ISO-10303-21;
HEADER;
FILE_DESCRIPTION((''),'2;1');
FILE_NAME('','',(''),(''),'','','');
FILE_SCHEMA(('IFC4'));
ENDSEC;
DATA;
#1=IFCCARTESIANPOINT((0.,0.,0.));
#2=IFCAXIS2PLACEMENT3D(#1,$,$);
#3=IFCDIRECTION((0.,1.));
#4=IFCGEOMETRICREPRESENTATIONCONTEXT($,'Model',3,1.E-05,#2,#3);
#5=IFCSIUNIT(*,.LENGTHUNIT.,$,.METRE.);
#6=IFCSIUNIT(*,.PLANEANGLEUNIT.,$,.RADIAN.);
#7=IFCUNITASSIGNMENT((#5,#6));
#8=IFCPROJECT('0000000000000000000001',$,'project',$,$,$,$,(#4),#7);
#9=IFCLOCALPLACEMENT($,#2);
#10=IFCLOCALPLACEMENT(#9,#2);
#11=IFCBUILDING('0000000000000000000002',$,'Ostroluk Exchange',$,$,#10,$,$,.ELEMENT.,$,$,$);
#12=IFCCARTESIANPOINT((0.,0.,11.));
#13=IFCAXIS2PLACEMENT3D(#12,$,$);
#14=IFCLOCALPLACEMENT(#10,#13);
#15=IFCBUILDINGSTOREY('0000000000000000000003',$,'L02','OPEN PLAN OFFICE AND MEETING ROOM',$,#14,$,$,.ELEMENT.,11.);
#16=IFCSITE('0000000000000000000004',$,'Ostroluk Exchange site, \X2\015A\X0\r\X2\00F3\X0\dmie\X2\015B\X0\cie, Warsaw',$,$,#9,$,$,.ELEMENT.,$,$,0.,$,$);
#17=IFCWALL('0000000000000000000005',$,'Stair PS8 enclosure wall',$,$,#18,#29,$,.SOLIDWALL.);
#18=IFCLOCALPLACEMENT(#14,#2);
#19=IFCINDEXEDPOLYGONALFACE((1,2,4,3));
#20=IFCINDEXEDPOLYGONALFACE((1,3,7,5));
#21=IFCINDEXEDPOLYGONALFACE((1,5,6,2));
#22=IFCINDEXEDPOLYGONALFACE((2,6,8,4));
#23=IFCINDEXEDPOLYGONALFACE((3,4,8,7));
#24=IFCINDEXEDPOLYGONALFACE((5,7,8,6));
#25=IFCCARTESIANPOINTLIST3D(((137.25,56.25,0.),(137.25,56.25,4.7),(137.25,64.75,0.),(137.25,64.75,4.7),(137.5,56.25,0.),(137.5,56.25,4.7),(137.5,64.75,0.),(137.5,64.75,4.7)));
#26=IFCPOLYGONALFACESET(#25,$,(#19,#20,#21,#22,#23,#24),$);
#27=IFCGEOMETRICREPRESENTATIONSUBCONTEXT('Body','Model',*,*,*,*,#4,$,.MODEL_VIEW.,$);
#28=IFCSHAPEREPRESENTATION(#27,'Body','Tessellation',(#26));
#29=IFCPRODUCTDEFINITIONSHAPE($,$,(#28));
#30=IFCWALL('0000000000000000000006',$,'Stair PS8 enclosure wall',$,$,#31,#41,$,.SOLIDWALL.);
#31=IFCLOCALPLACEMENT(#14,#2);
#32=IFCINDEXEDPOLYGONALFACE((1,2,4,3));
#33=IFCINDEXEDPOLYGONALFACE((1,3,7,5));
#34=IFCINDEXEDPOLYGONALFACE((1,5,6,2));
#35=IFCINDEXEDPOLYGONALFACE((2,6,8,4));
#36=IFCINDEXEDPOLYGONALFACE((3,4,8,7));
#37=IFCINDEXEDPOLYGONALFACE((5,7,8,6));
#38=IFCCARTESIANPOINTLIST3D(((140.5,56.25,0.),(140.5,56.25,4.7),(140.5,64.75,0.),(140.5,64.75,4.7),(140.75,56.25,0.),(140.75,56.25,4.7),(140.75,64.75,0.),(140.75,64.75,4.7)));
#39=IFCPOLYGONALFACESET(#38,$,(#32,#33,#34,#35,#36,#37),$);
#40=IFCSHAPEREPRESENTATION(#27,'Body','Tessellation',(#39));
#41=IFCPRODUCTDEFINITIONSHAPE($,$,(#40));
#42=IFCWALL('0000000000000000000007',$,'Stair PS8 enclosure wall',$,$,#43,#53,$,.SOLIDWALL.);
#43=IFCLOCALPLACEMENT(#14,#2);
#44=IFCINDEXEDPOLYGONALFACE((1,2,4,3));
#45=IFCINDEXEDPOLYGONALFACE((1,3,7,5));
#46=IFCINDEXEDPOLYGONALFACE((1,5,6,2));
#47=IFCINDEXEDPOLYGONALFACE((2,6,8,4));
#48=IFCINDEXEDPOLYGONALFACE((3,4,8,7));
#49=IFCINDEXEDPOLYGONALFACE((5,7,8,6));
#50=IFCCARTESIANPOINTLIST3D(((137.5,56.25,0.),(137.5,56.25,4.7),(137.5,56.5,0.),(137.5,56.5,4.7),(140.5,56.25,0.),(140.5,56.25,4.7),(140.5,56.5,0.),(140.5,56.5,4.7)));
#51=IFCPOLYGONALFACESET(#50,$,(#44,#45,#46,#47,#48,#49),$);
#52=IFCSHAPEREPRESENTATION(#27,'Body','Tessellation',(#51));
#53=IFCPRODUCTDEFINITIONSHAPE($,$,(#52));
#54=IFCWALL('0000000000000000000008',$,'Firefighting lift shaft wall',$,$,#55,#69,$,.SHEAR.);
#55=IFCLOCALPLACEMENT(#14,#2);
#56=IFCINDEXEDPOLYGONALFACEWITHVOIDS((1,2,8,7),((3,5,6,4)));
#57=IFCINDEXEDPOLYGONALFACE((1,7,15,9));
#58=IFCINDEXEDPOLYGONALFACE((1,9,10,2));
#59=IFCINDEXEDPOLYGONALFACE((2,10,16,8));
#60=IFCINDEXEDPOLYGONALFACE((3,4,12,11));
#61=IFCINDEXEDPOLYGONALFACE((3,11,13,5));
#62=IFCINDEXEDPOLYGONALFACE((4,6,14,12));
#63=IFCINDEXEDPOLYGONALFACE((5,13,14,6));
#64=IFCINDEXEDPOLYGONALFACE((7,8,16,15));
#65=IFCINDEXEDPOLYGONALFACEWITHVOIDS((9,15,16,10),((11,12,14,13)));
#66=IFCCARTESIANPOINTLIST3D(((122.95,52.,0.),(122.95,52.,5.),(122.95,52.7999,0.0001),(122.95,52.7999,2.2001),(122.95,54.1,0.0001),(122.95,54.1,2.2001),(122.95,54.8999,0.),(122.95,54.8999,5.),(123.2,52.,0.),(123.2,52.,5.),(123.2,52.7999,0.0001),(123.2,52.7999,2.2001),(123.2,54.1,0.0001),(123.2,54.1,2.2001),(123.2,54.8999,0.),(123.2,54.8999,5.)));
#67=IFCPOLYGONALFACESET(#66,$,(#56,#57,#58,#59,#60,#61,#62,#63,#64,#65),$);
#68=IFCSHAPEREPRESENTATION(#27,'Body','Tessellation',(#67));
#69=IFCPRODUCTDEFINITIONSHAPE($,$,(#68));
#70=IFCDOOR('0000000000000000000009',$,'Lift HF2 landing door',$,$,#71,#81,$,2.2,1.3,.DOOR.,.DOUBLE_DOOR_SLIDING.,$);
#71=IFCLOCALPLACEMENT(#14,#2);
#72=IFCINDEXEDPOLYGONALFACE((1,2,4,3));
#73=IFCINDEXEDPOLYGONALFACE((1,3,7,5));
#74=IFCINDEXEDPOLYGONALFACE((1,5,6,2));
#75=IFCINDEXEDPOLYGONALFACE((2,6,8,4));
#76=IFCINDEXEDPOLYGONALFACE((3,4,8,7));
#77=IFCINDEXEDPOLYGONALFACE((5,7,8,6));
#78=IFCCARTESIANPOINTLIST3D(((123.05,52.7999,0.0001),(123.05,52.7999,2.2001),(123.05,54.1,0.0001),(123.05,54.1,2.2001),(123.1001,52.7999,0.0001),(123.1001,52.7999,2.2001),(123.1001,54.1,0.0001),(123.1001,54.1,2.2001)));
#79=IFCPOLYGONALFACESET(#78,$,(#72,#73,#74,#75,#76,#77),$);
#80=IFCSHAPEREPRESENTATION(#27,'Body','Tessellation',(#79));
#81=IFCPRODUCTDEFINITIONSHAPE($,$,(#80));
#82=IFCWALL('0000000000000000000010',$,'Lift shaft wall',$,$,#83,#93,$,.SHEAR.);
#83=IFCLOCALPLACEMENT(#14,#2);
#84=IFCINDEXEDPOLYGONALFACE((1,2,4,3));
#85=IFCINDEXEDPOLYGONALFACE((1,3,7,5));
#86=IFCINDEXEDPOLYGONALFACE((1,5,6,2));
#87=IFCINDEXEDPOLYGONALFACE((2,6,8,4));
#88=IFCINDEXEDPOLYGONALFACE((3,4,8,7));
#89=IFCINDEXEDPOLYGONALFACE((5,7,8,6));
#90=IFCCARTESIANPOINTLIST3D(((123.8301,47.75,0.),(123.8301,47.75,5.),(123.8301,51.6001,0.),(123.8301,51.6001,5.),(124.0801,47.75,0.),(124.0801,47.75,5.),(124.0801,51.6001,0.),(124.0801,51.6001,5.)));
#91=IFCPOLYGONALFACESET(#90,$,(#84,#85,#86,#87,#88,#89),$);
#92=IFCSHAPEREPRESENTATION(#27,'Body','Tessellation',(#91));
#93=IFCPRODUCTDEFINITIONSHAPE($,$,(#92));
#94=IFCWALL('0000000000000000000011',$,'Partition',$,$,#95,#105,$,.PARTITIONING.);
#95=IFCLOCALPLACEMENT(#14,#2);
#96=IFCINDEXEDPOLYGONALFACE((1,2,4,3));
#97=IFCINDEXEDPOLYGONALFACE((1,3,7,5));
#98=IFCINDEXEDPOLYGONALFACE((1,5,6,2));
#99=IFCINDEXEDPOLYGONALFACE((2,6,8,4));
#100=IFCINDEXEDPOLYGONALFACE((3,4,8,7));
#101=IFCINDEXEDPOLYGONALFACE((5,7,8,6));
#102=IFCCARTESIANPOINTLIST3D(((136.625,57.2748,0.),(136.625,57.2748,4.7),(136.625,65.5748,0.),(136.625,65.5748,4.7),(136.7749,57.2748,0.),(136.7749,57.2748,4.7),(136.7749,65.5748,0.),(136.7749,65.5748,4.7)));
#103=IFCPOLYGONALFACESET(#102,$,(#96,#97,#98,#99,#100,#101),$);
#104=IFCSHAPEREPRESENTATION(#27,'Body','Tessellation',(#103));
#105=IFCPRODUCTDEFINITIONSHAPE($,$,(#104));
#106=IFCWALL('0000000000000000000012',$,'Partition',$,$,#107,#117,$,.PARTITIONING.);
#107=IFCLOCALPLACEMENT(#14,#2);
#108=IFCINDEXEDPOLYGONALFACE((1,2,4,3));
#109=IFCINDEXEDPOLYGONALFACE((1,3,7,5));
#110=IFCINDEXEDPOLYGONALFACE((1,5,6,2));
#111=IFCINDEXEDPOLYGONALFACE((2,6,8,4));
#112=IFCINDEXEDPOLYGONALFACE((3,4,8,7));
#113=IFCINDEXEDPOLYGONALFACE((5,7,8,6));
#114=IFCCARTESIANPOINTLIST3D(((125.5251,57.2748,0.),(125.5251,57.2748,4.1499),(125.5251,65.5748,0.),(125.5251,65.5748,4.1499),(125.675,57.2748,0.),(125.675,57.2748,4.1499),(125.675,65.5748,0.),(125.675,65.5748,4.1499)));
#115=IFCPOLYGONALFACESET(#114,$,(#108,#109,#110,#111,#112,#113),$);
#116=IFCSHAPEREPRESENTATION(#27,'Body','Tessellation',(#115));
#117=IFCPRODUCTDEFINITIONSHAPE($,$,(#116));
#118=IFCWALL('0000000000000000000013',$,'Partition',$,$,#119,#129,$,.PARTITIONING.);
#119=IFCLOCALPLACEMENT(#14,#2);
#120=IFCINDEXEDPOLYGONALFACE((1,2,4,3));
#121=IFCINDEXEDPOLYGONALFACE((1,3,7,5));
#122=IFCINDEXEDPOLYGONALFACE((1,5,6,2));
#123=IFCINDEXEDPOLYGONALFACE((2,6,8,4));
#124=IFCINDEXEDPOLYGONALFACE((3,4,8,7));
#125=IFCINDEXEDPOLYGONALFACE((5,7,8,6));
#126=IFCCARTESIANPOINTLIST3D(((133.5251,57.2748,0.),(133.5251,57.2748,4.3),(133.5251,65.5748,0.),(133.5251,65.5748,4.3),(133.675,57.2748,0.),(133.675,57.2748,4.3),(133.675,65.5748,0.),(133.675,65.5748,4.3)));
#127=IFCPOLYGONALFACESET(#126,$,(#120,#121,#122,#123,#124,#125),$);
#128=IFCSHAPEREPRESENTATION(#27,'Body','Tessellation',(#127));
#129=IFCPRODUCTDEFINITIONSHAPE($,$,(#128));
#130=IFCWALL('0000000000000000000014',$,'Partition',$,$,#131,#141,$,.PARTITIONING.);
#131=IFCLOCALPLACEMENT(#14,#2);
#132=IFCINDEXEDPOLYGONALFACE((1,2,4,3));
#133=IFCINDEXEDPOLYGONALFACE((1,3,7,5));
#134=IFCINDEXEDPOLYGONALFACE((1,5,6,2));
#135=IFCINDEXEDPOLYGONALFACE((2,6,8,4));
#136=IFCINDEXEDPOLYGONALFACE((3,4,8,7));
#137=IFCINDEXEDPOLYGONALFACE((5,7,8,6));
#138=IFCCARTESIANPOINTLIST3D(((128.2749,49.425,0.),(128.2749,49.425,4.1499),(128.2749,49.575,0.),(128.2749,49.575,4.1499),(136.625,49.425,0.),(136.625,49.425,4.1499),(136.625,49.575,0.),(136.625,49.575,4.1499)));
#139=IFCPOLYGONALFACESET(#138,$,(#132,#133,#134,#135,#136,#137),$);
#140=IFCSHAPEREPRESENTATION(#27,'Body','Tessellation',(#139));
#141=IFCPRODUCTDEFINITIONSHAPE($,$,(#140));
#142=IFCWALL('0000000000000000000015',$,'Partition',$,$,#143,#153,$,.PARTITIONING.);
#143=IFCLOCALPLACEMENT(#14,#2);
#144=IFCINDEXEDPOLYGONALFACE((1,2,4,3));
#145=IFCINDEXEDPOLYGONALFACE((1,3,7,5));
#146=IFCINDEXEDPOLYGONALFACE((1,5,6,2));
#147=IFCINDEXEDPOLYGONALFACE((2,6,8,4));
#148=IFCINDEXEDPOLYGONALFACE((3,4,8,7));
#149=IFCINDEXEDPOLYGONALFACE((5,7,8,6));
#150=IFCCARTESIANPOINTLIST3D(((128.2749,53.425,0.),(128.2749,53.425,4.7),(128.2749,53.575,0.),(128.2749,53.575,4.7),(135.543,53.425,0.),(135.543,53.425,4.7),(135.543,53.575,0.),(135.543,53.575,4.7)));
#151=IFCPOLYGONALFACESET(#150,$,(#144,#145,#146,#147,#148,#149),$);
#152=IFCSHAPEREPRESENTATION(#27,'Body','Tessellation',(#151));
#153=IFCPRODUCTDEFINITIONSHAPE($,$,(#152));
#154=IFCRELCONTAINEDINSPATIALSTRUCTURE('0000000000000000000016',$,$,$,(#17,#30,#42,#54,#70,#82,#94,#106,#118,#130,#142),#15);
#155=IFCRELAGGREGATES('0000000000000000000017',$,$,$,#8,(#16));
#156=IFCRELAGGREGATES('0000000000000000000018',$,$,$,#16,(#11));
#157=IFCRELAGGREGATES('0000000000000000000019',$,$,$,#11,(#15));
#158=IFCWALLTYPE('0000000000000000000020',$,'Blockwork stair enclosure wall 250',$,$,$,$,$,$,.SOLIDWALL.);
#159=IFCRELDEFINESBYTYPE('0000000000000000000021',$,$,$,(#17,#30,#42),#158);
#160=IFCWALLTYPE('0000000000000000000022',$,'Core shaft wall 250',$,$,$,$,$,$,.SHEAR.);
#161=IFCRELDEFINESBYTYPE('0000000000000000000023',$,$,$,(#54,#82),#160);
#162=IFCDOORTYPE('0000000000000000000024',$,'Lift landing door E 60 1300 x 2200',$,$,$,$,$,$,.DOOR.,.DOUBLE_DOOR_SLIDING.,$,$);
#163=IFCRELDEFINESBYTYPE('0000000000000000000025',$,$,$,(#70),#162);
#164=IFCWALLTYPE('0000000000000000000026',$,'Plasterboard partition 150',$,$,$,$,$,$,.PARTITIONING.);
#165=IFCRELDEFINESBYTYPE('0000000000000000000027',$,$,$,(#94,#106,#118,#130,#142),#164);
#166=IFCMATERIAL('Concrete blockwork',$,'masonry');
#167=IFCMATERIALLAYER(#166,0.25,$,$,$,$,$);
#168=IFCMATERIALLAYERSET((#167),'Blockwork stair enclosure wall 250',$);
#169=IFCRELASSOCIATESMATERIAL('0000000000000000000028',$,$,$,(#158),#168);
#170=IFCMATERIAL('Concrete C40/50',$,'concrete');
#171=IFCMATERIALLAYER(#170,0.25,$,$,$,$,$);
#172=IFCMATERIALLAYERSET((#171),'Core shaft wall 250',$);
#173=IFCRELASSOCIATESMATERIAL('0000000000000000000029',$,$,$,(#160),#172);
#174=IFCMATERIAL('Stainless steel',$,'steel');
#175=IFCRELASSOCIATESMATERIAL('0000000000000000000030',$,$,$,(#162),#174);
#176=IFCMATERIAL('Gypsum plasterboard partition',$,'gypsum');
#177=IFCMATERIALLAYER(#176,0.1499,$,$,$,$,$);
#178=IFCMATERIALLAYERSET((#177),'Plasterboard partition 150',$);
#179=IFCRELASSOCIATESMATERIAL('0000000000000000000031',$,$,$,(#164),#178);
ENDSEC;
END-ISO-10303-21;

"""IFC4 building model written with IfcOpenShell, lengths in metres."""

from ifc_helpers import new_model, si_unit, direction, frame, frame_2d, origin, place, context, subcontext, project, spatial, rectangle, extrude, material, layer, layer_set, type_object, element, fill, save


model = new_model("IFC4")

# Units and contexts
model_context = context("Model", 3, precision=1e-05, world=origin(), true_north=direction((0.0, 1.0)))
body_context = subcontext(model_context, "Body", "Model", "MODEL_VIEW")
ifc_project = project(units=[si_unit("LENGTHUNIT", "METRE"), si_unit("PLANEANGLEUNIT", "RADIAN")], contexts=[model_context])

# Site, building, storey
site_placement = place(None, origin())
site = spatial("IfcSite", under=ifc_project, at=site_placement, Name="Ostroluk Exchange site, Śródmieście, Warsaw", CompositionType="ELEMENT", RefElevation=0.0)
building_placement = place(site_placement, origin())
building = spatial("IfcBuilding", under=site, at=building_placement, Name="Ostroluk Exchange", CompositionType="ELEMENT")
storey_placement = place(building_placement, frame((0.0, 0.0, 11.0)))
storey = spatial("IfcBuildingStorey", under=building, at=storey_placement, Name="L02", Description="OPEN PLAN OFFICE AND MEETING ROOM", CompositionType="ELEMENT", Elevation=11.0)

# Walls
ifc_material_1 = material(Name="Concrete blockwork", Category="masonry")
ifc_layer_1 = layer(ifc_material_1, 0.25)
ifc_layer_set_1 = layer_set([ifc_layer_1], Name="Blockwork stair enclosure wall 250")
wall_type_1 = type_object("IfcWallType", Name="Blockwork stair enclosure wall 250", PredefinedType="SOLIDWALL", material=ifc_layer_set_1)
for number, where, z_axis, x_axis, name in (
    (1, (137.375, 56.25, 0.0), (0.0, 0.0, 1.0), (0.0, 1.0, 0.0), "Stair PS8 enclosure wall"),
    (2, (140.625, 56.25, 0.0), (0.0, 0.0, 1.0), (0.0, 1.0, 0.0), "Stair PS8 enclosure wall"),
):
    element("IfcWall", number, at=place(storey_placement, frame(where, z_axis=z_axis, x_axis=x_axis)), inside=storey, type_object=wall_type_1, Name=name, PredefinedType="SOLIDWALL", context=body_context, shape_type="SweptSolid", body=[
        extrude(rectangle(XDim=8.5, YDim=0.25, at=frame_2d((4.25, 0.0))), origin(), (0.0, 0.0, 1.0), 4.7),
    ])
wall_1_placement = place(storey_placement, frame((137.5, 56.375, 0.0), z_axis=(0.0, 0.0, 1.0), x_axis=(1.0, 0.0, 0.0)))
element("IfcWall", 3, at=wall_1_placement, inside=storey, type_object=wall_type_1, Name="Stair PS8 enclosure wall", PredefinedType="SOLIDWALL", context=body_context, shape_type="SweptSolid", body=[
    extrude(rectangle(XDim=3.0, YDim=0.25, at=frame_2d((1.5, 0.0))), origin(), (0.0, 0.0, 1.0), 4.7),
])

# Wall, opening, door
ifc_material_2 = material(Name="Concrete C40/50", Category="concrete")
ifc_layer_2 = layer(ifc_material_2, 0.25)
ifc_layer_set_2 = layer_set([ifc_layer_2], Name="Core shaft wall 250")
wall_type_2 = type_object("IfcWallType", Name="Core shaft wall 250", PredefinedType="SHEAR", material=ifc_layer_set_2)
wall_2_placement = place(storey_placement, frame((123.075, 52.0, 0.0), z_axis=(0.0, 0.0, 1.0), x_axis=(0.0, 1.0, 0.0)))
wall_2 = element("IfcWall", 4, at=wall_2_placement, inside=storey, type_object=wall_type_2, Name="Firefighting lift shaft wall", PredefinedType="SHEAR", context=body_context, shape_type="SweptSolid", body=[
    extrude(rectangle(XDim=2.8999, YDim=0.25, at=frame_2d((1.45, 0.0))), origin(), (0.0, 0.0, 1.0), 5.0),
])
opening_placement = place(wall_2_placement, frame((0.8, 0.0, 0.0)))
opening = element("IfcOpeningElement", 5, at=opening_placement, cuts=wall_2, PredefinedType="OPENING", context=body_context, shape_type="SweptSolid", body=[
    extrude(rectangle(XDim=1.3, YDim=2.2, at=frame_2d((0.6499, 1.1001))), frame((0.0, 0.135, 0.0), z_axis=(0.0, -1.0, 0.0), x_axis=(1.0, 0.0, 0.0)), (0.0, 0.0, 1.0), 0.27),
])
ifc_material_3 = material(Name="Stainless steel", Category="steel")
door_type = type_object("IfcDoorType", Name="Lift landing door E 60 1300 x 2200", OperationType="DOUBLE_DOOR_SLIDING", PredefinedType="DOOR", material=ifc_material_3)
door_placement = place(opening_placement, origin())
door = element("IfcDoor", 6, at=door_placement, inside=storey, type_object=door_type, Name="Lift HF2 landing door", OperationType="DOUBLE_DOOR_SLIDING", OverallHeight=2.2, OverallWidth=1.3, PredefinedType="DOOR", context=body_context, shape_type="SweptSolid", body=[
    extrude(rectangle(XDim=1.3, YDim=2.2, at=frame_2d((0.6499, 1.1001))), frame((0.0, 0.0249, 0.0), z_axis=(0.0, -1.0, 0.0), x_axis=(1.0, 0.0, 0.0)), (0.0, 0.0, 1.0), 0.05),
])
fill(opening, door)

# Walls
wall_3_placement = place(storey_placement, frame((123.9551, 47.75, 0.0), z_axis=(0.0, 0.0, 1.0), x_axis=(0.0, 1.0, 0.0)))
element("IfcWall", 7, at=wall_3_placement, inside=storey, type_object=wall_type_2, Name="Lift shaft wall", PredefinedType="SHEAR", context=body_context, shape_type="SweptSolid", body=[
    extrude(rectangle(XDim=3.8501, YDim=0.25, at=frame_2d((1.925, 0.0))), origin(), (0.0, 0.0, 1.0), 5.0),
])
ifc_material_4 = material(Name="Gypsum plasterboard partition", Category="gypsum")
ifc_layer_3 = layer(ifc_material_4, 0.1499)
ifc_layer_set_3 = layer_set([ifc_layer_3], Name="Plasterboard partition 150")
wall_type_3 = type_object("IfcWallType", Name="Plasterboard partition 150", PredefinedType="PARTITIONING", material=ifc_layer_set_3)
wall_4_placement = place(storey_placement, frame((136.7, 57.2749, 0.0), z_axis=(0.0, 0.0, 1.0), x_axis=(0.0, 1.0, 0.0)))
element("IfcWall", 8, at=wall_4_placement, inside=storey, type_object=wall_type_3, Name="Partition", PredefinedType="PARTITIONING", context=body_context, shape_type="SweptSolid", body=[
    extrude(rectangle(XDim=8.3, YDim=0.1499, at=frame_2d((4.1499, 0.0))), origin(), (0.0, 0.0, 1.0), 4.7),
])
wall_5_placement = place(storey_placement, frame((125.6001, 57.2749, 0.0), z_axis=(0.0, 0.0, 1.0), x_axis=(0.0, 1.0, 0.0)))
element("IfcWall", 9, at=wall_5_placement, inside=storey, type_object=wall_type_3, Name="Partition", PredefinedType="PARTITIONING", context=body_context, shape_type="SweptSolid", body=[
    extrude(rectangle(XDim=8.3, YDim=0.1499, at=frame_2d((4.1499, 0.0))), origin(), (0.0, 0.0, 1.0), 4.1499),
])
wall_6_placement = place(storey_placement, frame((133.6001, 57.2749, 0.0), z_axis=(0.0, 0.0, 1.0), x_axis=(0.0, 1.0, 0.0)))
element("IfcWall", 10, at=wall_6_placement, inside=storey, type_object=wall_type_3, Name="Partition", PredefinedType="PARTITIONING", context=body_context, shape_type="SweptSolid", body=[
    extrude(rectangle(XDim=8.3, YDim=0.1499, at=frame_2d((4.1499, 0.0))), origin(), (0.0, 0.0, 1.0), 4.3),
])
wall_7_placement = place(storey_placement, frame((128.2749, 49.5, 0.0), z_axis=(0.0, 0.0, 1.0), x_axis=(1.0, 0.0, 0.0)))
element("IfcWall", 11, at=wall_7_placement, inside=storey, type_object=wall_type_3, Name="Partition", PredefinedType="PARTITIONING", context=body_context, shape_type="SweptSolid", body=[
    extrude(rectangle(XDim=8.3501, YDim=0.1499, at=frame_2d((4.175, 0.0))), origin(), (0.0, 0.0, 1.0), 4.1499),
])
wall_8_placement = place(storey_placement, frame((128.2749, 53.5, 0.0), z_axis=(0.0, 0.0, 1.0), x_axis=(1.0, 0.0, 0.0)))
element("IfcWall", 12, at=wall_8_placement, inside=storey, type_object=wall_type_3, Name="Partition", PredefinedType="PARTITIONING", context=body_context, shape_type="SweptSolid", body=[
    extrude(rectangle(XDim=7.2681, YDim=0.1499, at=frame_2d((3.634, 0.0))), origin(), (0.0, 0.0, 1.0), 4.7),
])

save(model, "model.ifc")
